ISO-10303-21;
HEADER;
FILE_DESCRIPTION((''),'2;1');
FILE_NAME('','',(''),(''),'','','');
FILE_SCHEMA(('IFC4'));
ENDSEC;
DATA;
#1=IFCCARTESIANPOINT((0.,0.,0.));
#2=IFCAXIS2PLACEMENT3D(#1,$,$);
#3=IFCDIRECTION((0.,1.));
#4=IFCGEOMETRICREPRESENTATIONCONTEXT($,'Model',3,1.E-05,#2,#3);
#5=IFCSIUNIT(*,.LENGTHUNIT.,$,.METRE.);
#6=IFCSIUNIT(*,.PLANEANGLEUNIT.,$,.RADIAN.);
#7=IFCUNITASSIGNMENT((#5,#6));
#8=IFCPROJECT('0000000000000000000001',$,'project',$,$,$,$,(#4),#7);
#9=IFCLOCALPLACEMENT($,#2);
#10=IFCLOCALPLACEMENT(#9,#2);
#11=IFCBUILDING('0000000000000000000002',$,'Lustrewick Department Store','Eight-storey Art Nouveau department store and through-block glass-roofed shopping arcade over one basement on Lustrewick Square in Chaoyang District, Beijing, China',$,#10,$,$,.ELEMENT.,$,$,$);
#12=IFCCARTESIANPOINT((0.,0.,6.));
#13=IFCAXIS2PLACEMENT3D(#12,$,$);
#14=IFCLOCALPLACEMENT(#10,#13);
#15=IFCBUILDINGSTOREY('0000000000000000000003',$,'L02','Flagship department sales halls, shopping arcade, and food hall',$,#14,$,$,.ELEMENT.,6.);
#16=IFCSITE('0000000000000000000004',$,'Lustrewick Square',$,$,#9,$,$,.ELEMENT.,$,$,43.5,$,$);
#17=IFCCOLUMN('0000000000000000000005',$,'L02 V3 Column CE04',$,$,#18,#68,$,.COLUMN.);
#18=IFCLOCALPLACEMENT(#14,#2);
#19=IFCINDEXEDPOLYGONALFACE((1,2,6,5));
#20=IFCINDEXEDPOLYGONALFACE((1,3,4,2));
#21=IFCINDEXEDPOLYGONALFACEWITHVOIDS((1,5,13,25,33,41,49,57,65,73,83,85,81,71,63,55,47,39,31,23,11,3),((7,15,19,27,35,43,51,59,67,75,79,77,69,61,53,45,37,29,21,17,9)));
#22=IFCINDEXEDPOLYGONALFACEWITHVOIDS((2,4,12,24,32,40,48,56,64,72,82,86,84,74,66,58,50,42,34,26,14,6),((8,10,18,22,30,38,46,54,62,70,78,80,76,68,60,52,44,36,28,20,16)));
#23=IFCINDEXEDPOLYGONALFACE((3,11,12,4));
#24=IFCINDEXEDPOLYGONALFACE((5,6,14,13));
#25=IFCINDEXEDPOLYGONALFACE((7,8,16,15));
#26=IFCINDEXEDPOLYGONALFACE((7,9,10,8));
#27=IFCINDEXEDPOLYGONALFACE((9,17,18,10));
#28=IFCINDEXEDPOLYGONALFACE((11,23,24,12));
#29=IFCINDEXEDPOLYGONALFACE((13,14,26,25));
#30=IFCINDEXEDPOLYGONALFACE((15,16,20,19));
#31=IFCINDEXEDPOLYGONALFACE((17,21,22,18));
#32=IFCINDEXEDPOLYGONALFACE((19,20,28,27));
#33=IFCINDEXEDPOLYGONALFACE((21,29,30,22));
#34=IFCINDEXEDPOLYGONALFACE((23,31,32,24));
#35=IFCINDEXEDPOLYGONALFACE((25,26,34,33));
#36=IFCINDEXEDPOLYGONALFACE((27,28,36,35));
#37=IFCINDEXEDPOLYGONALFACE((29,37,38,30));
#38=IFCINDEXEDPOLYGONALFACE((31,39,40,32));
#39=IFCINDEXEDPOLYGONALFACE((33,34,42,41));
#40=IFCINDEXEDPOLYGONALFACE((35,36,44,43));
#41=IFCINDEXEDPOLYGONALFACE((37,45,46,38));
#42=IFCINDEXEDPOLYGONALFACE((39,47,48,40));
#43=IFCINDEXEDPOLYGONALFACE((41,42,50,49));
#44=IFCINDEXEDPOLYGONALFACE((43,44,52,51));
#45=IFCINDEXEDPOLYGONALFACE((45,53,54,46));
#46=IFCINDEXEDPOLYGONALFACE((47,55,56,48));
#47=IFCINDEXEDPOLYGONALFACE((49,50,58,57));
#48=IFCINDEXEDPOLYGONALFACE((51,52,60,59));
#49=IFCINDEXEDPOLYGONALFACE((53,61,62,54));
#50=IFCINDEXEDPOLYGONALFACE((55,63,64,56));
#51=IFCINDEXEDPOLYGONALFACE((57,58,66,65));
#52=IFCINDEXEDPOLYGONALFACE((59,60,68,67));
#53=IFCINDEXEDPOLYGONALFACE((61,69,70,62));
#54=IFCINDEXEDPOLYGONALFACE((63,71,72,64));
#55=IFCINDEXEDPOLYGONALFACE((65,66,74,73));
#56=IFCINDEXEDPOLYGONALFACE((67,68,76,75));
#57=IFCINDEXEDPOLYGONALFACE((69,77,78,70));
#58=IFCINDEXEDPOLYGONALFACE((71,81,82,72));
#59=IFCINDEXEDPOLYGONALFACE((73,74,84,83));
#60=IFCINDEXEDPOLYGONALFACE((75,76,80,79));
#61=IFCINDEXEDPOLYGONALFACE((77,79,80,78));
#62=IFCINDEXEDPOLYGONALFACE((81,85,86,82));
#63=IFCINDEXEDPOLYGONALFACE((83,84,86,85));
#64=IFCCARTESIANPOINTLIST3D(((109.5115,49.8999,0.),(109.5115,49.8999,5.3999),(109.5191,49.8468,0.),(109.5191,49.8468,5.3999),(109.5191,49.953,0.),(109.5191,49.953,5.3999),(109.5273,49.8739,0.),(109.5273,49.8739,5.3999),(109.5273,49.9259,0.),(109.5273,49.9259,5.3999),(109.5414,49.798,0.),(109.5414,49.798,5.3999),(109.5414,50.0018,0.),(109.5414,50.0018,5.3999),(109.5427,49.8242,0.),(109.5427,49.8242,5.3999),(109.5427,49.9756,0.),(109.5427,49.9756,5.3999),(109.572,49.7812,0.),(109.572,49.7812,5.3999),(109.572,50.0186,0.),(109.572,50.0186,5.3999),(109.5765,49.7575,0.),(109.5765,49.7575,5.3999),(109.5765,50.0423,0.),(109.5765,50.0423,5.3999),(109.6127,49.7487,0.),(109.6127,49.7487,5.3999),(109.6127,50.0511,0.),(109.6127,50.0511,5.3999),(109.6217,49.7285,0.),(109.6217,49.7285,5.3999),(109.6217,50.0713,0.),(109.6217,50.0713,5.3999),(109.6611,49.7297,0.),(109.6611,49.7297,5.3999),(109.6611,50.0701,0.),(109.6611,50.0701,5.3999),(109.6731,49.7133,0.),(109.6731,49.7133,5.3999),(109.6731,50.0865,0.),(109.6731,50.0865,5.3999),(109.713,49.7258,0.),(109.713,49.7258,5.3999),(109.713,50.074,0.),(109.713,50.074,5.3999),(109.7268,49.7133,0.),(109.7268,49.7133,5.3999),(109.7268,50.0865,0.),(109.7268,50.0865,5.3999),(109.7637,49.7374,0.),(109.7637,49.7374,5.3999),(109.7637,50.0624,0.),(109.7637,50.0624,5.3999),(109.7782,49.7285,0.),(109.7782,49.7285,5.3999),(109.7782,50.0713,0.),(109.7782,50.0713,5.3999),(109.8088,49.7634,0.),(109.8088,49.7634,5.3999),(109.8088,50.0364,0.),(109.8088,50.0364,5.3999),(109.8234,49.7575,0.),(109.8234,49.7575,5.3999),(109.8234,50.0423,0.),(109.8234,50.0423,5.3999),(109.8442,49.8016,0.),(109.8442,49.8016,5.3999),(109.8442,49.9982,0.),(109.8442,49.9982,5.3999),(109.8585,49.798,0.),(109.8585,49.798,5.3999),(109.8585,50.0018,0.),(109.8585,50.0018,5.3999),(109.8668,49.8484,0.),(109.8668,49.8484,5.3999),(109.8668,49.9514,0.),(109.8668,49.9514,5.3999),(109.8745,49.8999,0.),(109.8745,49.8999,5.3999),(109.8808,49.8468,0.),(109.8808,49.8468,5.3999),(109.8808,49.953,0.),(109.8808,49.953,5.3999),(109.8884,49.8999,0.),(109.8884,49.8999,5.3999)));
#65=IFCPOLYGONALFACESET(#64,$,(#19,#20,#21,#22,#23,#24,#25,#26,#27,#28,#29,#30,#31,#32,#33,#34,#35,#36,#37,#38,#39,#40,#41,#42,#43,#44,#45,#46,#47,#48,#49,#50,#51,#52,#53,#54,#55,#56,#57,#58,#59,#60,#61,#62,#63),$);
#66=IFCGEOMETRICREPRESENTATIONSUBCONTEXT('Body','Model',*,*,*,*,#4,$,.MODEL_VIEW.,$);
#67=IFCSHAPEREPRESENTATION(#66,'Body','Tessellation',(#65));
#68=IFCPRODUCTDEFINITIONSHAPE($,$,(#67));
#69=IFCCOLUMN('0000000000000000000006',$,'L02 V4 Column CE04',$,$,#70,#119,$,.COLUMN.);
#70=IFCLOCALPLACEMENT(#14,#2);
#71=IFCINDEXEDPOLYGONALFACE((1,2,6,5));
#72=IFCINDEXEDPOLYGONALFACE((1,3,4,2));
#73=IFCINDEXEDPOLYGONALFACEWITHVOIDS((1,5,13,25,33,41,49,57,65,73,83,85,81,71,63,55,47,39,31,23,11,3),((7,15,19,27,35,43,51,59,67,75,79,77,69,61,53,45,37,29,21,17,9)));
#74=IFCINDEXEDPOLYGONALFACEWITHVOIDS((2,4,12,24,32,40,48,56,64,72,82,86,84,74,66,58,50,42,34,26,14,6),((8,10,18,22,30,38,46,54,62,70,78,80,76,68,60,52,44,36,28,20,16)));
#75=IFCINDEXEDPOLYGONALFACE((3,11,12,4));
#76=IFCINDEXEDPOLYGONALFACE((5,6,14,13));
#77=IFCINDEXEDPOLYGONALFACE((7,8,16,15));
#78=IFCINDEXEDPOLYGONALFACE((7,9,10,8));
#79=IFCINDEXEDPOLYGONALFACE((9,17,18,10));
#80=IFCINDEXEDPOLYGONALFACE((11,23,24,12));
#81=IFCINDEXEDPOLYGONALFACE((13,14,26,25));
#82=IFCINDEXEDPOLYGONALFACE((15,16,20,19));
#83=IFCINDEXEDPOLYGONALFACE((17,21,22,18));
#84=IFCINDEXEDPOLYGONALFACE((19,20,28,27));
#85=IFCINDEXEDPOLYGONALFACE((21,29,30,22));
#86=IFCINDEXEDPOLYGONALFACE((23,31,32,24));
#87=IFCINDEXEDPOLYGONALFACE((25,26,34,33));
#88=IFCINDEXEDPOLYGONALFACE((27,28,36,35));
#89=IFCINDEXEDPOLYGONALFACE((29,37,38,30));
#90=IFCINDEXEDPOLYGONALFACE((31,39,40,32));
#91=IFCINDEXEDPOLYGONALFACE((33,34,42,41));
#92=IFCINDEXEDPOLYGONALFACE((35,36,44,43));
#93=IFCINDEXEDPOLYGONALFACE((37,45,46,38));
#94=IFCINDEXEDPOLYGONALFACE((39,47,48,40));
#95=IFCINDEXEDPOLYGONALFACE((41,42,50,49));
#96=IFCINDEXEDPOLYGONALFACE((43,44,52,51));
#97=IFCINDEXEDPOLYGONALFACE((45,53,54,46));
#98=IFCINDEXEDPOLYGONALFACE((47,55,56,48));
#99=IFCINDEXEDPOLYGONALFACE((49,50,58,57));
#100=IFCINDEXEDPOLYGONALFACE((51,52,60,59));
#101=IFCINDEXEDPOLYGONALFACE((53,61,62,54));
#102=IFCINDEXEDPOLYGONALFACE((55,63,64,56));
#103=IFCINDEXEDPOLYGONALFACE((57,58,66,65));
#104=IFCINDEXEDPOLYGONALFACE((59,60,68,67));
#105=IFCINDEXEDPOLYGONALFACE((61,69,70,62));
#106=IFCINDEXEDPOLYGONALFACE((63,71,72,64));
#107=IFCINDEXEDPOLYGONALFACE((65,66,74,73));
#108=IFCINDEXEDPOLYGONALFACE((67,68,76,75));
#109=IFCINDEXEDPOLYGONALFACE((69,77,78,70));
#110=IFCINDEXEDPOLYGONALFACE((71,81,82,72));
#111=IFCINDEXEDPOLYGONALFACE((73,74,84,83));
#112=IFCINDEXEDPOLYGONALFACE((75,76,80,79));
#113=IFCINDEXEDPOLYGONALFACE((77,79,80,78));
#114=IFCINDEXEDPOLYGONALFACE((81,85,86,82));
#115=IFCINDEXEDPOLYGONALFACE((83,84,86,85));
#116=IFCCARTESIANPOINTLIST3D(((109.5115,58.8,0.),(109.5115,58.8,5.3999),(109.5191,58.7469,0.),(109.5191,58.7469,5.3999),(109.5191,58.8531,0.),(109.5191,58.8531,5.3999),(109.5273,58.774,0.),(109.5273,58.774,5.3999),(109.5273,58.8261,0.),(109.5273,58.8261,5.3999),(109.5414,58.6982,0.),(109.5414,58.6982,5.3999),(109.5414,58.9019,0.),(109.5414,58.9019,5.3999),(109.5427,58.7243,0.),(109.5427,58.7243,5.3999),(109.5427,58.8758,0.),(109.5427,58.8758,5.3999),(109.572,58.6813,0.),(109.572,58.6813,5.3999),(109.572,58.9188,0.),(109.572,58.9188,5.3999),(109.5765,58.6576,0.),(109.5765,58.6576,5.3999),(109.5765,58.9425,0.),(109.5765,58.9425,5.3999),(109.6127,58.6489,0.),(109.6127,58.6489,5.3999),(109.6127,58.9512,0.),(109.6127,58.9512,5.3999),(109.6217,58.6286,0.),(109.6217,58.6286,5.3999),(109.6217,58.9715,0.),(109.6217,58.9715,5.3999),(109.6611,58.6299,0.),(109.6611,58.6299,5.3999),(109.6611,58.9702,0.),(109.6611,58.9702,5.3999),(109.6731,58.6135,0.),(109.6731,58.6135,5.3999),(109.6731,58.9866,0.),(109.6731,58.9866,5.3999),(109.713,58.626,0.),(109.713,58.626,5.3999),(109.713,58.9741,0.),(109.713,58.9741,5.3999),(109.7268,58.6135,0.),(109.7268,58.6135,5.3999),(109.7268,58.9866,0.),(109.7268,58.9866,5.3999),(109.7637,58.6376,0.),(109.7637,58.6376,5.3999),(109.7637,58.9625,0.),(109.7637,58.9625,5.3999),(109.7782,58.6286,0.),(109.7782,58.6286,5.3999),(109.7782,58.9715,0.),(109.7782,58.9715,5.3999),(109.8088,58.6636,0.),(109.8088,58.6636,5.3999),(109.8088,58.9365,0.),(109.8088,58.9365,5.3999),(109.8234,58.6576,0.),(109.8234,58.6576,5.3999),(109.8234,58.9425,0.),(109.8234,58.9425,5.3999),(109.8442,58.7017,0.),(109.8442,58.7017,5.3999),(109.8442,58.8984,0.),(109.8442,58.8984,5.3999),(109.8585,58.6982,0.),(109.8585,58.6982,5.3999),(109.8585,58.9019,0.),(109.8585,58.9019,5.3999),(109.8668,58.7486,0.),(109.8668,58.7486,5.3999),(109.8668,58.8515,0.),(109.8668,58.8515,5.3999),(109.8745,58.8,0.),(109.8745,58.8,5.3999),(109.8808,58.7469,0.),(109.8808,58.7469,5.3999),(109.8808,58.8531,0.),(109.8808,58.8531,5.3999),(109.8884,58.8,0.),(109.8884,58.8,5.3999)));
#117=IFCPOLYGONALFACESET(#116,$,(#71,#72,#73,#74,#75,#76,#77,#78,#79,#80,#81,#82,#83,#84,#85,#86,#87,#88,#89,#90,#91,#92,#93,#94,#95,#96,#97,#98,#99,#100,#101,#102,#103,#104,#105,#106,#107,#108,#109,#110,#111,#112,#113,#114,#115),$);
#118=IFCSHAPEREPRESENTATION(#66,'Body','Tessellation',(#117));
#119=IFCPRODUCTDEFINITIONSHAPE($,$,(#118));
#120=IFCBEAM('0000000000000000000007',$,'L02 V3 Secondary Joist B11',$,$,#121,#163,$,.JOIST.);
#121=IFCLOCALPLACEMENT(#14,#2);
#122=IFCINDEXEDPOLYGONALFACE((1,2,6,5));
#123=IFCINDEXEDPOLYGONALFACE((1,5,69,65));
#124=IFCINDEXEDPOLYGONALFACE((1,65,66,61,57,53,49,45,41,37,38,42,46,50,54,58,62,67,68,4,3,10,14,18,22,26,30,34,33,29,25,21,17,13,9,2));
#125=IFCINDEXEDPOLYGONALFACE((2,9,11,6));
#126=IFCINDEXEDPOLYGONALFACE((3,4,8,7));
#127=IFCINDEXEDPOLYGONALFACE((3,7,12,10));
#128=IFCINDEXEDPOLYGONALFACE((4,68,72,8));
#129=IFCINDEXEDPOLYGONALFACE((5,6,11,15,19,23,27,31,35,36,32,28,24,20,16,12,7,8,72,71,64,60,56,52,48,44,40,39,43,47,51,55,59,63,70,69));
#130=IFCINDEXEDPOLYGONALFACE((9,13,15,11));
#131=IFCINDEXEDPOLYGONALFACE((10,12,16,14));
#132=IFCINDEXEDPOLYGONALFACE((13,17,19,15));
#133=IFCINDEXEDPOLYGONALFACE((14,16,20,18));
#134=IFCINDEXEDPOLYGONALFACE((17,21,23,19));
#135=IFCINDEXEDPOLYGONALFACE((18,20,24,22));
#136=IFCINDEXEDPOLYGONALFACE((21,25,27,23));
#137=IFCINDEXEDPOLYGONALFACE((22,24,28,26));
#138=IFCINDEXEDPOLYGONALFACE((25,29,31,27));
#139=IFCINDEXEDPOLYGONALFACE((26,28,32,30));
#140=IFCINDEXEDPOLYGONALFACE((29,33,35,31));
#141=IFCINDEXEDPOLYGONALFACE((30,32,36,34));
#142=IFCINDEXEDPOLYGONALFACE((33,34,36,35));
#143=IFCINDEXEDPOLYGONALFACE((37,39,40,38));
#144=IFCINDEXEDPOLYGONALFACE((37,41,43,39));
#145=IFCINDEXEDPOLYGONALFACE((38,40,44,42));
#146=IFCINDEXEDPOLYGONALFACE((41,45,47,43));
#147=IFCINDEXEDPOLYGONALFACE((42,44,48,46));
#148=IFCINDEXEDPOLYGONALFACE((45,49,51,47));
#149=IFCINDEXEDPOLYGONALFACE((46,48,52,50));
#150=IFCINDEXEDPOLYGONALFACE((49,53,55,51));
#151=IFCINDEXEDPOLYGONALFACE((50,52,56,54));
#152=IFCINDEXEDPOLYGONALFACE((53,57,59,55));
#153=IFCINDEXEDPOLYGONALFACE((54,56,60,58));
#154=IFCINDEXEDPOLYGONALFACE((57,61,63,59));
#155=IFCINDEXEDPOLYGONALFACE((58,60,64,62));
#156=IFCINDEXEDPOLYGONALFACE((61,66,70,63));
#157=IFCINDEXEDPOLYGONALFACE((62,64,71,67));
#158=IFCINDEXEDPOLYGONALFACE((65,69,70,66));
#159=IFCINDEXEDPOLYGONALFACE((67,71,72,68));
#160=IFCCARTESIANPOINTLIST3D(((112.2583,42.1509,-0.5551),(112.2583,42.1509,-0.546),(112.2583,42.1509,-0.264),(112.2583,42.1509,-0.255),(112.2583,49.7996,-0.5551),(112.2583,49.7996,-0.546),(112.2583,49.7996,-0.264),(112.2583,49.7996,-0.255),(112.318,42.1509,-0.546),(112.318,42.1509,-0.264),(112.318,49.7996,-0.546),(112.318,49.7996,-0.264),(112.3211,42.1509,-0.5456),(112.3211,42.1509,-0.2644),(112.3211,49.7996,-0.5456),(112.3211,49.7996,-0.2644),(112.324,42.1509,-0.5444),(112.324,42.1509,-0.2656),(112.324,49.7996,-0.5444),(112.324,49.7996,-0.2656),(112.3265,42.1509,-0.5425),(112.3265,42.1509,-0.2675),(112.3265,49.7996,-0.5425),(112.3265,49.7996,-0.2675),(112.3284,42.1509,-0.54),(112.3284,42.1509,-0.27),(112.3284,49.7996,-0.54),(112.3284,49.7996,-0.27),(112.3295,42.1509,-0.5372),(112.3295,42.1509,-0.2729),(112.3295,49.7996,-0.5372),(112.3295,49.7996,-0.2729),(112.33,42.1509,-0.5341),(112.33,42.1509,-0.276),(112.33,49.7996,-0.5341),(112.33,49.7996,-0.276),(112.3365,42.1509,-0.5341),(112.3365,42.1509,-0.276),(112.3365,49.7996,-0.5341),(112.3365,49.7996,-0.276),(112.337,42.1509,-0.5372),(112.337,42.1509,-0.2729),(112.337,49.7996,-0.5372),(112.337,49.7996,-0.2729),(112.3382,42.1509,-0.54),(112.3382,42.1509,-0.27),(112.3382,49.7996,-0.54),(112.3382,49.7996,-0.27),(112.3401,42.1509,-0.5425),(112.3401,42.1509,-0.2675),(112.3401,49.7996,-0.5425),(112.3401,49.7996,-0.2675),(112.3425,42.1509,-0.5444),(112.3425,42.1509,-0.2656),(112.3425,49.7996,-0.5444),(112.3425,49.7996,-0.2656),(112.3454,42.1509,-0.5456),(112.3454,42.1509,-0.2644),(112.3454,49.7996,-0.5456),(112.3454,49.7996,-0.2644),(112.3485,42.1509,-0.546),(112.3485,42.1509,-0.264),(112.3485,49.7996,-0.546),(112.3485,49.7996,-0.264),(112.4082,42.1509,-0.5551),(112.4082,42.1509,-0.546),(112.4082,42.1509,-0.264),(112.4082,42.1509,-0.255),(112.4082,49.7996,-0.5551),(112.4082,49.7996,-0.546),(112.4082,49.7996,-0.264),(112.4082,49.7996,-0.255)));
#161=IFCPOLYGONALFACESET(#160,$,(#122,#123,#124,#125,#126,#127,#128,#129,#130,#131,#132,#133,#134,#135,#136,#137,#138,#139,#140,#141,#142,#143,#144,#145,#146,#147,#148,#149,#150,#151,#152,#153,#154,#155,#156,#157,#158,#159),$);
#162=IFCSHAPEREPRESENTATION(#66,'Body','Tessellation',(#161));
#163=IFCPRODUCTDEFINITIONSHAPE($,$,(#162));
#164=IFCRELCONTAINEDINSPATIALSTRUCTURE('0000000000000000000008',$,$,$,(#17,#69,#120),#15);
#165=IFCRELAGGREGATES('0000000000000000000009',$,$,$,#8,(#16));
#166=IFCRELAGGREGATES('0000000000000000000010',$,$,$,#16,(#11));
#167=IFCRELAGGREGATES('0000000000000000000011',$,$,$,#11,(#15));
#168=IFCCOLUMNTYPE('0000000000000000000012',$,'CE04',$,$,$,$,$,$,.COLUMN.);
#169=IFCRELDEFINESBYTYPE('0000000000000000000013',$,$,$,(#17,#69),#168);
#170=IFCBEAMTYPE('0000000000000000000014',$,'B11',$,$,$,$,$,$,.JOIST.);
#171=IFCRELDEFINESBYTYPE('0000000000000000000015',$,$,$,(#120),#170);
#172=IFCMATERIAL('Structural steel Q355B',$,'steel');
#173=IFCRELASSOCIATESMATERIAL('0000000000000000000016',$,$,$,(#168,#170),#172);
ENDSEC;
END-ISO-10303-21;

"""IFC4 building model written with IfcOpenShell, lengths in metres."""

from ifc_helpers import new_model, si_unit, direction, frame, origin, origin_2d, place, context, subcontext, project, spatial, hollow_circle, i_section, extrude, material, material_profile, profile_set, type_object, element, save


model = new_model("IFC4")

# Units and contexts
model_context = context("Model", 3, precision=1e-05, world=origin(), true_north=direction((0.0, 1.0)))
body_context = subcontext(model_context, "Body", "Model", "MODEL_VIEW")
ifc_project = project(units=[si_unit("LENGTHUNIT", "METRE"), si_unit("PLANEANGLEUNIT", "RADIAN")], contexts=[model_context])

# Site, building, storey
site_placement = place(None, origin())
site = spatial("IfcSite", under=ifc_project, at=site_placement, Name="Lustrewick Square", CompositionType="ELEMENT", RefElevation=43.5)
building_placement = place(site_placement, origin())
building = spatial("IfcBuilding", under=site, at=building_placement, Name="Lustrewick Department Store", Description="Eight-storey Art Nouveau department store and through-block glass-roofed shopping arcade over one basement on Lustrewick Square in Chaoyang District, Beijing, China", CompositionType="ELEMENT")
storey_placement = place(building_placement, frame((0.0, 0.0, 6.0)))
storey = spatial("IfcBuildingStorey", under=building, at=storey_placement, Name="L02", Description="Flagship department sales halls, shopping arcade, and food hall", CompositionType="ELEMENT", Elevation=6.0)

# Columns
ifc_material_1 = material(Name="Structural steel Q355B", Category="steel")
ifc_material_profile_1 = material_profile(ifc_material_1, hollow_circle(Radius=0.1885, WallThickness=0.0139, at=origin_2d()), Name="CHS 377x14")
ifc_profile_set_1 = profile_set([ifc_material_profile_1], Name="Structural steel Q355B")
column_type_1 = type_object("IfcColumnType", Name="CE04", PredefinedType="COLUMN", material=ifc_profile_set_1)
for number, where, z_axis, x_axis, name in (
    (1, (109.7, 49.8999, 0.0), (0.0, 0.0, 1.0), (1.0, 0.0, 0.0), "L02 V3 Column CE04"),
    (2, (109.7, 58.8, 0.0), (0.0, 0.0, 1.0), (1.0, 0.0, 0.0), "L02 V4 Column CE04"),
):
    element("IfcColumn", number, at=place(storey_placement, frame(where, z_axis=z_axis, x_axis=x_axis)), inside=storey, type_object=column_type_1, Name=name, PredefinedType="COLUMN", context=body_context, shape_type="SweptSolid", body=[
        extrude(hollow_circle(Radius=0.1885, WallThickness=0.0139, at=origin_2d()), origin(), (0.0, 0.0, 1.0), 5.3999),
    ])

# Beam
ifc_material_profile_2 = material_profile(ifc_material_1, i_section(OverallWidth=0.1499, OverallDepth=0.3, WebThickness=0.0066, FlangeThickness=0.009, FilletRadius=0.012, at=origin_2d()), Name="HN 300x150x6.5x9")
ifc_profile_set_2 = profile_set([ifc_material_profile_2], Name="Structural steel Q355B")
beam_type_1 = type_object("IfcBeamType", Name="B11", PredefinedType="JOIST", material=ifc_profile_set_2)
beam_1_placement = place(storey_placement, frame((112.3333, 42.1509, -0.405), z_axis=(0.0, 1.0, 0.0), x_axis=(-1.0, 0.0, 0.0)))
element("IfcBeam", 3, at=beam_1_placement, inside=storey, type_object=beam_type_1, Name="L02 V3 Secondary Joist B11", PredefinedType="JOIST", context=body_context, shape_type="SweptSolid", body=[
    extrude(i_section(OverallWidth=0.1499, OverallDepth=0.3, WebThickness=0.0066, FlangeThickness=0.009, FilletRadius=0.012, at=origin_2d()), origin(), (0.0, 0.0, 1.0), 7.6487),
])

save(model, "model.ifc")
